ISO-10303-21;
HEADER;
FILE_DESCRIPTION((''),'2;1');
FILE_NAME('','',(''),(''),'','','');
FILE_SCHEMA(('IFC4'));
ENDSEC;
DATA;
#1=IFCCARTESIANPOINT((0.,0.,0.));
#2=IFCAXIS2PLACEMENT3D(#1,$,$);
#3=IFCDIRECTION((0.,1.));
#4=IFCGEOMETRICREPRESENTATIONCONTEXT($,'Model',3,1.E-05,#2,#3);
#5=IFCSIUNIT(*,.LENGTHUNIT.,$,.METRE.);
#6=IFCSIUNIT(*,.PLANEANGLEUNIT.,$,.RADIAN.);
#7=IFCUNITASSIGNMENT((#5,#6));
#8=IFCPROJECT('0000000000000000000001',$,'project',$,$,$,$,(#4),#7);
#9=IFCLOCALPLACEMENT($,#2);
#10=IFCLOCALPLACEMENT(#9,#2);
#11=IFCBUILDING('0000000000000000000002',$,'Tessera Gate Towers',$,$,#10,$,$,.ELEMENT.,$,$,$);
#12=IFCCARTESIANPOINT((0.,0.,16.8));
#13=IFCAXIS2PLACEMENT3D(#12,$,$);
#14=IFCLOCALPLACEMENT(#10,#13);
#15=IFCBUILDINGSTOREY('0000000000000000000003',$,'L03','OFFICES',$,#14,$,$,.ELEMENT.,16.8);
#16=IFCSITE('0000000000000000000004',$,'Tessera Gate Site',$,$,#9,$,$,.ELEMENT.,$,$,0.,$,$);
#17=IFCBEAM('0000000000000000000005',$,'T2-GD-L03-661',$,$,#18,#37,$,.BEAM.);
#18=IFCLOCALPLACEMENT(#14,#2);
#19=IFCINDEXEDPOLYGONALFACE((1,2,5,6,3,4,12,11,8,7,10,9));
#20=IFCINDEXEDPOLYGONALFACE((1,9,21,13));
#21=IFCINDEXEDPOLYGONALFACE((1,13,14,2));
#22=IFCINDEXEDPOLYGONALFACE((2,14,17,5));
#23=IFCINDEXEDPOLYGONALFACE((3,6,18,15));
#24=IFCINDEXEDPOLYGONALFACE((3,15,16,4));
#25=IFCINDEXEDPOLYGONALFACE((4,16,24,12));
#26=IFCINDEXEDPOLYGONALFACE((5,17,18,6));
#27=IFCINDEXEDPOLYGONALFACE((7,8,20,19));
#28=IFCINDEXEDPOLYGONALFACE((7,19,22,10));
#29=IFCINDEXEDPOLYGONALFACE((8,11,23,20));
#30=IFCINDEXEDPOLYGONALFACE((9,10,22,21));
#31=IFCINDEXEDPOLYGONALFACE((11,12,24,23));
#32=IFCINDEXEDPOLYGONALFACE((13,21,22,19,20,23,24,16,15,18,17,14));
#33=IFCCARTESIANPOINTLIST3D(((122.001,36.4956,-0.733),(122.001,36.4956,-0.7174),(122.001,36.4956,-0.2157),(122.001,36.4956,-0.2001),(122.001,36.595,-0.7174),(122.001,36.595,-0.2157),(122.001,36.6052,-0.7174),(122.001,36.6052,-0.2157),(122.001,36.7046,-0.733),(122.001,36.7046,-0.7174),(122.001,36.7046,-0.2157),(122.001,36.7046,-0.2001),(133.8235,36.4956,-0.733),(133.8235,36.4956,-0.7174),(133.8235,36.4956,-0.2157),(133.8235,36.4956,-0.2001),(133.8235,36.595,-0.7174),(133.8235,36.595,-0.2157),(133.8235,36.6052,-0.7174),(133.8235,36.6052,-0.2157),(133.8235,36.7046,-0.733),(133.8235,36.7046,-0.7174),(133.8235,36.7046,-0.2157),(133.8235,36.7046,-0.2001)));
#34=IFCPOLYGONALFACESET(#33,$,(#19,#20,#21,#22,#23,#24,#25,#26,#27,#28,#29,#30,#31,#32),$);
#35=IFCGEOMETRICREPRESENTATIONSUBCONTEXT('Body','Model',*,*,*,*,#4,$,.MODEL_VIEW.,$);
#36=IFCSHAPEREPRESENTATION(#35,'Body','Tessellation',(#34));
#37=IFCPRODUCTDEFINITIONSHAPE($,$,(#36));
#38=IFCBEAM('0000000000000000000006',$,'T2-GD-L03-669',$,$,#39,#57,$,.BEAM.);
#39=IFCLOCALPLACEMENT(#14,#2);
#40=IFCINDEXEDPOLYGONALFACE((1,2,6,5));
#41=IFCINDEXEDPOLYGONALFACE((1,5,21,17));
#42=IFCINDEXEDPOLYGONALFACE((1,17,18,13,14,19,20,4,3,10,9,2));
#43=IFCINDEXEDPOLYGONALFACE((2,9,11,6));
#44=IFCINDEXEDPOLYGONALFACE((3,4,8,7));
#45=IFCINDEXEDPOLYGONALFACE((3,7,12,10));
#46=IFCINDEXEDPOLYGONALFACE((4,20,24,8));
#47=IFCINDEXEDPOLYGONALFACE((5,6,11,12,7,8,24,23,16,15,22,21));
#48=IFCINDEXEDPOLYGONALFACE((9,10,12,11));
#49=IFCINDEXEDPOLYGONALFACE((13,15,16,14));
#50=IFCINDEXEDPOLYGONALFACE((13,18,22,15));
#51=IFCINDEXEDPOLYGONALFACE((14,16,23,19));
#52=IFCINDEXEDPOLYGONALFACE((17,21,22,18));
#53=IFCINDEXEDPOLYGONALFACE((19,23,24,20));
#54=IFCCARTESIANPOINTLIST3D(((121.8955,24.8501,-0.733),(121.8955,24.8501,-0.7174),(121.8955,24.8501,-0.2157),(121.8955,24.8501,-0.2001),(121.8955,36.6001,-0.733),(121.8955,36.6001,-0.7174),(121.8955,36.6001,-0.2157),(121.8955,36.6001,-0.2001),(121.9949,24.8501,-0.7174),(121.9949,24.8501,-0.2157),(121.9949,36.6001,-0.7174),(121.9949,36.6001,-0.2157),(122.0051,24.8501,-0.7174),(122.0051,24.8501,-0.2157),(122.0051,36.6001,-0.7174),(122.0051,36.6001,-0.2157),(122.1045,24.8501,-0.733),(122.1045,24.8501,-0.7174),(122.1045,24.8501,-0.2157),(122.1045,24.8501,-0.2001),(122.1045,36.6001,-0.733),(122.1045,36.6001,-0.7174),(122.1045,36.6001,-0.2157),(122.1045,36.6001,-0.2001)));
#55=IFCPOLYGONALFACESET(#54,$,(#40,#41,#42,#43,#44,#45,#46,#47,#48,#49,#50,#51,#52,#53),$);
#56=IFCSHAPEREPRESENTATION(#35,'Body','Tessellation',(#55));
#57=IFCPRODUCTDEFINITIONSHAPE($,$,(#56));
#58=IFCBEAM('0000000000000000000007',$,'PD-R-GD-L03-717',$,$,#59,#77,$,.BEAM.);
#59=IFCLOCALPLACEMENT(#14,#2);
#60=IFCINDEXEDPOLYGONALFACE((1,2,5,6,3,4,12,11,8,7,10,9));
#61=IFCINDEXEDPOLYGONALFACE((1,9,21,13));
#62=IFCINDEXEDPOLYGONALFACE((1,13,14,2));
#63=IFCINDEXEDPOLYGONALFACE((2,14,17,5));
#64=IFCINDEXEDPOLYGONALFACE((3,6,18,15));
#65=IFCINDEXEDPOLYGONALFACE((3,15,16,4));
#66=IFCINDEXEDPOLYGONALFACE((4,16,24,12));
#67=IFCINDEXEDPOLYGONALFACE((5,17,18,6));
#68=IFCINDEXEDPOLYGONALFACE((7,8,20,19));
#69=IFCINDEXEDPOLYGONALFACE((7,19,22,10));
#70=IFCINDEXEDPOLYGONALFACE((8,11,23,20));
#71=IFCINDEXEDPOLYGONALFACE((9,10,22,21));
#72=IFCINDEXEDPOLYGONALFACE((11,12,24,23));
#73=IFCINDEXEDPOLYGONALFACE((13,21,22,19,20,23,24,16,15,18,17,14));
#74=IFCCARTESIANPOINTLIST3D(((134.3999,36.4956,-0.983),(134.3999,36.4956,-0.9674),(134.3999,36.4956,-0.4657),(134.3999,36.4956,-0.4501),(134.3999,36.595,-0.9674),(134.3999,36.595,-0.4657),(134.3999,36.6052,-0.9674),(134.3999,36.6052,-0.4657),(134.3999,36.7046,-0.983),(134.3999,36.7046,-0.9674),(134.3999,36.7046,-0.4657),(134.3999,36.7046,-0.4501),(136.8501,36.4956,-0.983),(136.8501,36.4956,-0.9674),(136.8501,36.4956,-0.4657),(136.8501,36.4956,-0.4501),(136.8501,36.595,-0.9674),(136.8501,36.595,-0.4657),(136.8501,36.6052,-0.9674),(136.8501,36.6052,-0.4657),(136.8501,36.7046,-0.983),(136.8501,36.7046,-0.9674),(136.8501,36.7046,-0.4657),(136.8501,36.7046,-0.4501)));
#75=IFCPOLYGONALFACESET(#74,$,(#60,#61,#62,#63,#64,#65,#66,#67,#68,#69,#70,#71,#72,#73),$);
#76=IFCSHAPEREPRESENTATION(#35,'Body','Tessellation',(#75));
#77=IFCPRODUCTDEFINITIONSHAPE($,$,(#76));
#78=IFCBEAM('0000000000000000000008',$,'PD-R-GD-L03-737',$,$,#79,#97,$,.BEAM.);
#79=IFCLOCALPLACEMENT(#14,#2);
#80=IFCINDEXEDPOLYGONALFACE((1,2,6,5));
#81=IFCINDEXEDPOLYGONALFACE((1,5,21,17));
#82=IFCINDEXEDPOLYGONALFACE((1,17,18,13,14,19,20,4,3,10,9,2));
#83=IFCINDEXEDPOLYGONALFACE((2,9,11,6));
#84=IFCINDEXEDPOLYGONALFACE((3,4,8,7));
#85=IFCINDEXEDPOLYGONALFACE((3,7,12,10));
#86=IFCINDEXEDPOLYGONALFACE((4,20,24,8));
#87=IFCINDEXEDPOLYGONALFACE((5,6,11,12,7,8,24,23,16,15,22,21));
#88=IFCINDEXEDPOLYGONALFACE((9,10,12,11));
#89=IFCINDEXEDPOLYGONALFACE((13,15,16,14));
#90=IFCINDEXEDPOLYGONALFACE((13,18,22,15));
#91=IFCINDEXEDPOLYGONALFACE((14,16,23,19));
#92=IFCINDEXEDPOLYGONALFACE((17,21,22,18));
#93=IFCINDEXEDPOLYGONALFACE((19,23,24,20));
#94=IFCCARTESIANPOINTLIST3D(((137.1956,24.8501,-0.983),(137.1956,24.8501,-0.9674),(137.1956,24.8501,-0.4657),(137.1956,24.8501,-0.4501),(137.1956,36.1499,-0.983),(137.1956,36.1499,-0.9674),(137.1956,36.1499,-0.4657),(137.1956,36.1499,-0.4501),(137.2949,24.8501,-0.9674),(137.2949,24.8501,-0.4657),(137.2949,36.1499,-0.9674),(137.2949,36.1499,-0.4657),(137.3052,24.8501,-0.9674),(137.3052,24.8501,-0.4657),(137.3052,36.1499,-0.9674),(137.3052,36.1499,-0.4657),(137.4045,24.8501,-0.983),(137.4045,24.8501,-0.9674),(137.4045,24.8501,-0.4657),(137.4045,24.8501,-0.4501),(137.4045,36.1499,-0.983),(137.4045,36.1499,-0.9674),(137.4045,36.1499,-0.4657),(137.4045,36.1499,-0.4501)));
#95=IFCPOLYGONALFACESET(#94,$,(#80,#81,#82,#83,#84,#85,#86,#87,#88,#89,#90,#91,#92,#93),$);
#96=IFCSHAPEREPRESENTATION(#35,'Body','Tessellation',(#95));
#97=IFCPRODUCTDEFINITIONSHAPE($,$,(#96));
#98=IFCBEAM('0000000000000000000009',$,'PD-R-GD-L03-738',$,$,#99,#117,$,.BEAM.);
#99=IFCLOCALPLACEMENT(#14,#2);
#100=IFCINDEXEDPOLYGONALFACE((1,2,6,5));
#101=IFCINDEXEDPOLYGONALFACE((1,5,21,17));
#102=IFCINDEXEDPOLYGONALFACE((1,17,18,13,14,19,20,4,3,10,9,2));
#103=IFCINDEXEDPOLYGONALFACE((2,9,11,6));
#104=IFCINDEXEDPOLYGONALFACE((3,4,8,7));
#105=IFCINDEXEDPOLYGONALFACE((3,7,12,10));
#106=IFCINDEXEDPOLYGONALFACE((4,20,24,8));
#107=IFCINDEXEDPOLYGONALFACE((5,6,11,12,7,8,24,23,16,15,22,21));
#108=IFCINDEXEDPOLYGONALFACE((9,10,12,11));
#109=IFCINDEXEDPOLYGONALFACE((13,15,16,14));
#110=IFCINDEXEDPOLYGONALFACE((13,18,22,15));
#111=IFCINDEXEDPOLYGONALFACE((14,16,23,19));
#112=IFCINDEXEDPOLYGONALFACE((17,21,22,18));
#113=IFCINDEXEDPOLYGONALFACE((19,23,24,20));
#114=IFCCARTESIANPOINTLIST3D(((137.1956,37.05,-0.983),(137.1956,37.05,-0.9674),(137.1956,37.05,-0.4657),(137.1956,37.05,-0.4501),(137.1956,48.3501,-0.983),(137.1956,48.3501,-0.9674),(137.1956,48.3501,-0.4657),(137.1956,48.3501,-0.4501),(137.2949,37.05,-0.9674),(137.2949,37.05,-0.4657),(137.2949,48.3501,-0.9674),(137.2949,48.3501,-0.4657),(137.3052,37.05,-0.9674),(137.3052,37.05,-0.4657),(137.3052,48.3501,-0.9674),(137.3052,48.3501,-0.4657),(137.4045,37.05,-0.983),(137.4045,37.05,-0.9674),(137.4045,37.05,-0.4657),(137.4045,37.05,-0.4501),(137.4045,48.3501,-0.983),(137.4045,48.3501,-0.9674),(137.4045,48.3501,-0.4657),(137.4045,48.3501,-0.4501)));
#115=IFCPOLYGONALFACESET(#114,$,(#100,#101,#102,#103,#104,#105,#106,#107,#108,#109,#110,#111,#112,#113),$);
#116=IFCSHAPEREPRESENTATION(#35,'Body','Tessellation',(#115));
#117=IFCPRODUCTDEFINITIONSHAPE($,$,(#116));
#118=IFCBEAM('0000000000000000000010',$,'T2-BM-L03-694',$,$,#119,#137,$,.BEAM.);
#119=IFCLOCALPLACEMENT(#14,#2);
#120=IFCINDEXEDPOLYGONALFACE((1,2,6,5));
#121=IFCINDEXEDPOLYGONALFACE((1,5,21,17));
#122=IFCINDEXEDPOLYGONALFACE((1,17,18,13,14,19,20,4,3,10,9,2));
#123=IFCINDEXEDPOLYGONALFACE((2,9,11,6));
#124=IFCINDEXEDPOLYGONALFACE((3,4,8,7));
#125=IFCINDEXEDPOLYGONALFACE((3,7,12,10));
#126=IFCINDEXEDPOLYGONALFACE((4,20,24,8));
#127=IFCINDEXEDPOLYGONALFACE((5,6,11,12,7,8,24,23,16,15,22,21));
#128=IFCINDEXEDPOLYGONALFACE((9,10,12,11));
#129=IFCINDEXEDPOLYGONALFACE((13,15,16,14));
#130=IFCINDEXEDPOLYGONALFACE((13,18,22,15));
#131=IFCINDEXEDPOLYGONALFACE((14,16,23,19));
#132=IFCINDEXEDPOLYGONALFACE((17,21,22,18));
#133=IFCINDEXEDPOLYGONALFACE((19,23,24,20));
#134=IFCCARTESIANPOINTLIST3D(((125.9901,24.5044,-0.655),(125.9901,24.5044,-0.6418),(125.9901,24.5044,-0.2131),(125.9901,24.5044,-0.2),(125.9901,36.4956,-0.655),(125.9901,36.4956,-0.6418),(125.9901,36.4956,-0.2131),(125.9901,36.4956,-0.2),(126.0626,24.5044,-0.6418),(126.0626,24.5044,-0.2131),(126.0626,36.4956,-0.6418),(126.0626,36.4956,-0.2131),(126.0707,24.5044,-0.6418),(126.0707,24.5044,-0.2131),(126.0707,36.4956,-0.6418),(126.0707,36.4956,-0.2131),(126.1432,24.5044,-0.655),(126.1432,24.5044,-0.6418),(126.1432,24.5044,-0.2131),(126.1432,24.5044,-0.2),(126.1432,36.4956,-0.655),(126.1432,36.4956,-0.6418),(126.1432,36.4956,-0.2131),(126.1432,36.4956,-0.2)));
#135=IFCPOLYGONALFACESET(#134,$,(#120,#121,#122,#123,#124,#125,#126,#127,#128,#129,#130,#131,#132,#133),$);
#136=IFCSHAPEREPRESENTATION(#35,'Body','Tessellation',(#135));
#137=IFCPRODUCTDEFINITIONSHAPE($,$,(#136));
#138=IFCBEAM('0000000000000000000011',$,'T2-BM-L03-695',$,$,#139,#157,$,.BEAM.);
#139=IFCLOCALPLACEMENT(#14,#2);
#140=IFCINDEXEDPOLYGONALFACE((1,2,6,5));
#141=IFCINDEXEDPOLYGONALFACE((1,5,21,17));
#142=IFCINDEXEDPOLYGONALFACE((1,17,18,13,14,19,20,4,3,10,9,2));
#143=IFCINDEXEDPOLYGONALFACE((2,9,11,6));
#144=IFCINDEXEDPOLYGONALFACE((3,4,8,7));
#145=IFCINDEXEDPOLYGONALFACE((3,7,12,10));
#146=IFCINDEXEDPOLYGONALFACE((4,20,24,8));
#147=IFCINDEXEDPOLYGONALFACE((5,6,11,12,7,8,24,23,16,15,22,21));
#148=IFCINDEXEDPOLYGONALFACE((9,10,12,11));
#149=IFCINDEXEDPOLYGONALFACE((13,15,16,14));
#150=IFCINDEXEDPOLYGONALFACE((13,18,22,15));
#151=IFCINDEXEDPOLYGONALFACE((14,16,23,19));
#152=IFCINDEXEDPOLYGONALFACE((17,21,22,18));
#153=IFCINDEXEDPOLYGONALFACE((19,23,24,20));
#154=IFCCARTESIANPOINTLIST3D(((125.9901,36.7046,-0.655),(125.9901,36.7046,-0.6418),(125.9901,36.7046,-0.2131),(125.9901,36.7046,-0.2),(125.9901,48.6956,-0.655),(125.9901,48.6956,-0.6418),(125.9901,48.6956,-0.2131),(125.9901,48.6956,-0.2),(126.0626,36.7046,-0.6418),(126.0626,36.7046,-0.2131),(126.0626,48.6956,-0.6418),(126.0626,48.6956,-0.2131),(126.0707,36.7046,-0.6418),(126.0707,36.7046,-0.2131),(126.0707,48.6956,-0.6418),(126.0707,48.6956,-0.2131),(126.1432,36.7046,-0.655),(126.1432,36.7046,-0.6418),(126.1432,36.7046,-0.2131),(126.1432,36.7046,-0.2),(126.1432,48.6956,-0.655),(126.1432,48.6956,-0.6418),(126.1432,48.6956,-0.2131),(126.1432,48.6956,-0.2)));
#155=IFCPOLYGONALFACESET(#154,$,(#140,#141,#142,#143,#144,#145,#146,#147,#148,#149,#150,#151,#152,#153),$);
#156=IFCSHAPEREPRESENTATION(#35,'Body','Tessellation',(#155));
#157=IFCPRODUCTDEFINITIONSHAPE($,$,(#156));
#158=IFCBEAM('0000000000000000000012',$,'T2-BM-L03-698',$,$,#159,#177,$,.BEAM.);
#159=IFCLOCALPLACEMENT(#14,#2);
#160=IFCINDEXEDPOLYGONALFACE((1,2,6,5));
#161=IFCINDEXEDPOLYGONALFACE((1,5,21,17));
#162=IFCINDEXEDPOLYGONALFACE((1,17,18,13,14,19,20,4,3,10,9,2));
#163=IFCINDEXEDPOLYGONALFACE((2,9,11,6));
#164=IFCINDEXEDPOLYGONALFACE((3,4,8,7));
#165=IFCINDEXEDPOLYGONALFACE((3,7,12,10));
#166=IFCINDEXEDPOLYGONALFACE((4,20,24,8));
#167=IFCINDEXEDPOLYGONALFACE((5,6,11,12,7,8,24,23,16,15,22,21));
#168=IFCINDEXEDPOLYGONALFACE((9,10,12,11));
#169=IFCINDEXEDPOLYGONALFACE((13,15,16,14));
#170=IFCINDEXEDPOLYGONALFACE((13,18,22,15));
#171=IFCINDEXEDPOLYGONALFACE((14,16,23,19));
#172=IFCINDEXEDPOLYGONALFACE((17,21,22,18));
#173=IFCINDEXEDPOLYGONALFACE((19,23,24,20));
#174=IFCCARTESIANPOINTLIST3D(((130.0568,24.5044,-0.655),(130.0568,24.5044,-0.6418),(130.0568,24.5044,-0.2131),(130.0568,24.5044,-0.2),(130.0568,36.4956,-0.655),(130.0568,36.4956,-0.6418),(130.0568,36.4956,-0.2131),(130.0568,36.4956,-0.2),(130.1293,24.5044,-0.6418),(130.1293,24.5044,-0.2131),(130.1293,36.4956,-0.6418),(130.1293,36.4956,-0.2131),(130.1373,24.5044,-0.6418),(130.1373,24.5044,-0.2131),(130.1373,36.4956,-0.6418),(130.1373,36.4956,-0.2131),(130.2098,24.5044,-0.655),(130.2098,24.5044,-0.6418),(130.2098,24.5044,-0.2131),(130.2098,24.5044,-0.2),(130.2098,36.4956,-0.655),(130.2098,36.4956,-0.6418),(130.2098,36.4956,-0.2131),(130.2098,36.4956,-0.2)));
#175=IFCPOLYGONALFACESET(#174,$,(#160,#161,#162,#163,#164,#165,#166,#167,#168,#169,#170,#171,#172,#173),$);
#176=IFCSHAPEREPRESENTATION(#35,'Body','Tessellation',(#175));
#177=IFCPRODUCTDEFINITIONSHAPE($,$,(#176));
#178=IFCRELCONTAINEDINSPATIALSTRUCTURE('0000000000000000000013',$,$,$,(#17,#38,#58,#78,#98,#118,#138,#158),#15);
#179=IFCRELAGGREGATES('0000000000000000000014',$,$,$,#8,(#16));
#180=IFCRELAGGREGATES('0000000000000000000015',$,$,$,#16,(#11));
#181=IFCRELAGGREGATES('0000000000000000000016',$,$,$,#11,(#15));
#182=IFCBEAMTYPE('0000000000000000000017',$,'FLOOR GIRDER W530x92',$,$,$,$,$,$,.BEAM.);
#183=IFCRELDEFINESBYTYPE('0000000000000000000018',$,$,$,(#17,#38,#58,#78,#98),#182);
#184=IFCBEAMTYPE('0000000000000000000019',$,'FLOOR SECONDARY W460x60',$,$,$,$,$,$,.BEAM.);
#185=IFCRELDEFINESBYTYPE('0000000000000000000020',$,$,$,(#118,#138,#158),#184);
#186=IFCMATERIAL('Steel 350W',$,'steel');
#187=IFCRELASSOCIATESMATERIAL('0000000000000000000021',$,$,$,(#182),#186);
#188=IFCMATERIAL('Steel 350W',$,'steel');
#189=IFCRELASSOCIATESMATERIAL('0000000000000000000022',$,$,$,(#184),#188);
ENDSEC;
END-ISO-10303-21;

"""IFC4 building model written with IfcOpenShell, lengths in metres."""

from ifc_helpers import new_model, si_unit, direction, frame, origin, origin_2d, place, context, subcontext, project, spatial, i_section, extrude, material, material_profile, profile_set, type_object, element, save


model = new_model("IFC4")

# Units and contexts
model_context = context("Model", 3, precision=1e-05, world=origin(), true_north=direction((0.0, 1.0)))
body_context = subcontext(model_context, "Body", "Model", "MODEL_VIEW")
ifc_project = project(units=[si_unit("LENGTHUNIT", "METRE"), si_unit("PLANEANGLEUNIT", "RADIAN")], contexts=[model_context])

# Site, building, storey
site_placement = place(None, origin())
site = spatial("IfcSite", under=ifc_project, at=site_placement, Name="Tessera Gate Site", CompositionType="ELEMENT", RefElevation=0.0)
building_placement = place(site_placement, origin())
building = spatial("IfcBuilding", under=site, at=building_placement, Name="Tessera Gate Towers", CompositionType="ELEMENT")
storey_placement = place(building_placement, frame((0.0, 0.0, 16.8)))
storey = spatial("IfcBuildingStorey", under=building, at=storey_placement, Name="L03", Description="OFFICES", CompositionType="ELEMENT", Elevation=16.8)

# Beams
ifc_material_1 = material(Name="Steel 350W", Category="steel")
ifc_material_profile_1 = material_profile(ifc_material_1, i_section(OverallWidth=0.209, OverallDepth=0.533, WebThickness=0.0103, FlangeThickness=0.0156, at=origin_2d()), Name="W530x92")
ifc_profile_set_1 = profile_set([ifc_material_profile_1], Name="Steel 350W")
beam_type_1 = type_object("IfcBeamType", Name="FLOOR GIRDER W530x92", PredefinedType="BEAM", material=ifc_profile_set_1)
beam_1_placement = place(storey_placement, frame((122.001, 36.6001, -0.4666), z_axis=(1.0, 0.0, 0.0), x_axis=(0.0, 1.0, 0.0)))
element("IfcBeam", 1, at=beam_1_placement, inside=storey, type_object=beam_type_1, Name="T2-GD-L03-661", PredefinedType="BEAM", context=body_context, shape_type="SweptSolid", body=[
    extrude(i_section(OverallWidth=0.209, OverallDepth=0.533, WebThickness=0.0103, FlangeThickness=0.0156, at=origin_2d()), origin(), (0.0, 0.0, 1.0), 11.8225),
])
beam_2_placement = place(storey_placement, frame((122.0, 24.8501, -0.4666), z_axis=(0.0, 1.0, 0.0), x_axis=(-1.0, 0.0, 0.0)))
element("IfcBeam", 2, at=beam_2_placement, inside=storey, type_object=beam_type_1, Name="T2-GD-L03-669", PredefinedType="BEAM", context=body_context, shape_type="SweptSolid", body=[
    extrude(i_section(OverallWidth=0.209, OverallDepth=0.533, WebThickness=0.0103, FlangeThickness=0.0156, at=origin_2d()), origin(), (0.0, 0.0, 1.0), 11.75),
])
beam_3_placement = place(storey_placement, frame((134.3999, 36.6001, -0.7166), z_axis=(1.0, 0.0, 0.0), x_axis=(0.0, 1.0, 0.0)))
element("IfcBeam", 3, at=beam_3_placement, inside=storey, type_object=beam_type_1, Name="PD-R-GD-L03-717", PredefinedType="BEAM", context=body_context, shape_type="SweptSolid", body=[
    extrude(i_section(OverallWidth=0.209, OverallDepth=0.533, WebThickness=0.0103, FlangeThickness=0.0156, at=origin_2d()), origin(), (0.0, 0.0, 1.0), 2.4502),
])
beam_4_placement = place(storey_placement, frame((137.3, 24.8501, -0.7166), z_axis=(0.0, 1.0, 0.0), x_axis=(-1.0, 0.0, 0.0)))
element("IfcBeam", 4, at=beam_4_placement, inside=storey, type_object=beam_type_1, Name="PD-R-GD-L03-737", PredefinedType="BEAM", context=body_context, shape_type="SweptSolid", body=[
    extrude(i_section(OverallWidth=0.209, OverallDepth=0.533, WebThickness=0.0103, FlangeThickness=0.0156, at=origin_2d()), origin(), (0.0, 0.0, 1.0), 11.2998),
])
beam_5_placement = place(storey_placement, frame((137.3, 37.05, -0.7166), z_axis=(0.0, 1.0, 0.0), x_axis=(-1.0, 0.0, 0.0)))
element("IfcBeam", 5, at=beam_5_placement, inside=storey, type_object=beam_type_1, Name="PD-R-GD-L03-738", PredefinedType="BEAM", context=body_context, shape_type="SweptSolid", body=[
    extrude(i_section(OverallWidth=0.209, OverallDepth=0.533, WebThickness=0.0103, FlangeThickness=0.0156, at=origin_2d()), origin(), (0.0, 0.0, 1.0), 11.3),
])
ifc_material_2 = material(Name="Steel 350W", Category="steel")
ifc_material_profile_2 = material_profile(ifc_material_2, i_section(OverallWidth=0.1531, OverallDepth=0.4551, WebThickness=0.0081, FlangeThickness=0.0132, at=origin_2d()), Name="W460x60")
ifc_profile_set_2 = profile_set([ifc_material_profile_2], Name="Steel 350W")
beam_type_2 = type_object("IfcBeamType", Name="FLOOR SECONDARY W460x60", PredefinedType="BEAM", material=ifc_profile_set_2)
beam_6_placement = place(storey_placement, frame((126.0667, 24.5044, -0.4275), z_axis=(0.0, 1.0, 0.0), x_axis=(-1.0, 0.0, 0.0)))
element("IfcBeam", 6, at=beam_6_placement, inside=storey, type_object=beam_type_2, Name="T2-BM-L03-694", PredefinedType="BEAM", context=body_context, shape_type="SweptSolid", body=[
    extrude(i_section(OverallWidth=0.1531, OverallDepth=0.4551, WebThickness=0.0081, FlangeThickness=0.0132, at=origin_2d()), origin(), (0.0, 0.0, 1.0), 11.9912),
])
beam_7_placement = place(storey_placement, frame((126.0667, 36.7046, -0.4275), z_axis=(0.0, 1.0, 0.0), x_axis=(-1.0, 0.0, 0.0)))
element("IfcBeam", 7, at=beam_7_placement, inside=storey, type_object=beam_type_2, Name="T2-BM-L03-695", PredefinedType="BEAM", context=body_context, shape_type="SweptSolid", body=[
    extrude(i_section(OverallWidth=0.1531, OverallDepth=0.4551, WebThickness=0.0081, FlangeThickness=0.0132, at=origin_2d()), origin(), (0.0, 0.0, 1.0), 11.991),
])
beam_8_placement = place(storey_placement, frame((130.1333, 24.5044, -0.4275), z_axis=(0.0, 1.0, 0.0), x_axis=(-1.0, 0.0, 0.0)))
element("IfcBeam", 8, at=beam_8_placement, inside=storey, type_object=beam_type_2, Name="T2-BM-L03-698", PredefinedType="BEAM", context=body_context, shape_type="SweptSolid", body=[
    extrude(i_section(OverallWidth=0.1531, OverallDepth=0.4551, WebThickness=0.0081, FlangeThickness=0.0132, at=origin_2d()), origin(), (0.0, 0.0, 1.0), 11.9912),
])

save(model, "model.ifc")
